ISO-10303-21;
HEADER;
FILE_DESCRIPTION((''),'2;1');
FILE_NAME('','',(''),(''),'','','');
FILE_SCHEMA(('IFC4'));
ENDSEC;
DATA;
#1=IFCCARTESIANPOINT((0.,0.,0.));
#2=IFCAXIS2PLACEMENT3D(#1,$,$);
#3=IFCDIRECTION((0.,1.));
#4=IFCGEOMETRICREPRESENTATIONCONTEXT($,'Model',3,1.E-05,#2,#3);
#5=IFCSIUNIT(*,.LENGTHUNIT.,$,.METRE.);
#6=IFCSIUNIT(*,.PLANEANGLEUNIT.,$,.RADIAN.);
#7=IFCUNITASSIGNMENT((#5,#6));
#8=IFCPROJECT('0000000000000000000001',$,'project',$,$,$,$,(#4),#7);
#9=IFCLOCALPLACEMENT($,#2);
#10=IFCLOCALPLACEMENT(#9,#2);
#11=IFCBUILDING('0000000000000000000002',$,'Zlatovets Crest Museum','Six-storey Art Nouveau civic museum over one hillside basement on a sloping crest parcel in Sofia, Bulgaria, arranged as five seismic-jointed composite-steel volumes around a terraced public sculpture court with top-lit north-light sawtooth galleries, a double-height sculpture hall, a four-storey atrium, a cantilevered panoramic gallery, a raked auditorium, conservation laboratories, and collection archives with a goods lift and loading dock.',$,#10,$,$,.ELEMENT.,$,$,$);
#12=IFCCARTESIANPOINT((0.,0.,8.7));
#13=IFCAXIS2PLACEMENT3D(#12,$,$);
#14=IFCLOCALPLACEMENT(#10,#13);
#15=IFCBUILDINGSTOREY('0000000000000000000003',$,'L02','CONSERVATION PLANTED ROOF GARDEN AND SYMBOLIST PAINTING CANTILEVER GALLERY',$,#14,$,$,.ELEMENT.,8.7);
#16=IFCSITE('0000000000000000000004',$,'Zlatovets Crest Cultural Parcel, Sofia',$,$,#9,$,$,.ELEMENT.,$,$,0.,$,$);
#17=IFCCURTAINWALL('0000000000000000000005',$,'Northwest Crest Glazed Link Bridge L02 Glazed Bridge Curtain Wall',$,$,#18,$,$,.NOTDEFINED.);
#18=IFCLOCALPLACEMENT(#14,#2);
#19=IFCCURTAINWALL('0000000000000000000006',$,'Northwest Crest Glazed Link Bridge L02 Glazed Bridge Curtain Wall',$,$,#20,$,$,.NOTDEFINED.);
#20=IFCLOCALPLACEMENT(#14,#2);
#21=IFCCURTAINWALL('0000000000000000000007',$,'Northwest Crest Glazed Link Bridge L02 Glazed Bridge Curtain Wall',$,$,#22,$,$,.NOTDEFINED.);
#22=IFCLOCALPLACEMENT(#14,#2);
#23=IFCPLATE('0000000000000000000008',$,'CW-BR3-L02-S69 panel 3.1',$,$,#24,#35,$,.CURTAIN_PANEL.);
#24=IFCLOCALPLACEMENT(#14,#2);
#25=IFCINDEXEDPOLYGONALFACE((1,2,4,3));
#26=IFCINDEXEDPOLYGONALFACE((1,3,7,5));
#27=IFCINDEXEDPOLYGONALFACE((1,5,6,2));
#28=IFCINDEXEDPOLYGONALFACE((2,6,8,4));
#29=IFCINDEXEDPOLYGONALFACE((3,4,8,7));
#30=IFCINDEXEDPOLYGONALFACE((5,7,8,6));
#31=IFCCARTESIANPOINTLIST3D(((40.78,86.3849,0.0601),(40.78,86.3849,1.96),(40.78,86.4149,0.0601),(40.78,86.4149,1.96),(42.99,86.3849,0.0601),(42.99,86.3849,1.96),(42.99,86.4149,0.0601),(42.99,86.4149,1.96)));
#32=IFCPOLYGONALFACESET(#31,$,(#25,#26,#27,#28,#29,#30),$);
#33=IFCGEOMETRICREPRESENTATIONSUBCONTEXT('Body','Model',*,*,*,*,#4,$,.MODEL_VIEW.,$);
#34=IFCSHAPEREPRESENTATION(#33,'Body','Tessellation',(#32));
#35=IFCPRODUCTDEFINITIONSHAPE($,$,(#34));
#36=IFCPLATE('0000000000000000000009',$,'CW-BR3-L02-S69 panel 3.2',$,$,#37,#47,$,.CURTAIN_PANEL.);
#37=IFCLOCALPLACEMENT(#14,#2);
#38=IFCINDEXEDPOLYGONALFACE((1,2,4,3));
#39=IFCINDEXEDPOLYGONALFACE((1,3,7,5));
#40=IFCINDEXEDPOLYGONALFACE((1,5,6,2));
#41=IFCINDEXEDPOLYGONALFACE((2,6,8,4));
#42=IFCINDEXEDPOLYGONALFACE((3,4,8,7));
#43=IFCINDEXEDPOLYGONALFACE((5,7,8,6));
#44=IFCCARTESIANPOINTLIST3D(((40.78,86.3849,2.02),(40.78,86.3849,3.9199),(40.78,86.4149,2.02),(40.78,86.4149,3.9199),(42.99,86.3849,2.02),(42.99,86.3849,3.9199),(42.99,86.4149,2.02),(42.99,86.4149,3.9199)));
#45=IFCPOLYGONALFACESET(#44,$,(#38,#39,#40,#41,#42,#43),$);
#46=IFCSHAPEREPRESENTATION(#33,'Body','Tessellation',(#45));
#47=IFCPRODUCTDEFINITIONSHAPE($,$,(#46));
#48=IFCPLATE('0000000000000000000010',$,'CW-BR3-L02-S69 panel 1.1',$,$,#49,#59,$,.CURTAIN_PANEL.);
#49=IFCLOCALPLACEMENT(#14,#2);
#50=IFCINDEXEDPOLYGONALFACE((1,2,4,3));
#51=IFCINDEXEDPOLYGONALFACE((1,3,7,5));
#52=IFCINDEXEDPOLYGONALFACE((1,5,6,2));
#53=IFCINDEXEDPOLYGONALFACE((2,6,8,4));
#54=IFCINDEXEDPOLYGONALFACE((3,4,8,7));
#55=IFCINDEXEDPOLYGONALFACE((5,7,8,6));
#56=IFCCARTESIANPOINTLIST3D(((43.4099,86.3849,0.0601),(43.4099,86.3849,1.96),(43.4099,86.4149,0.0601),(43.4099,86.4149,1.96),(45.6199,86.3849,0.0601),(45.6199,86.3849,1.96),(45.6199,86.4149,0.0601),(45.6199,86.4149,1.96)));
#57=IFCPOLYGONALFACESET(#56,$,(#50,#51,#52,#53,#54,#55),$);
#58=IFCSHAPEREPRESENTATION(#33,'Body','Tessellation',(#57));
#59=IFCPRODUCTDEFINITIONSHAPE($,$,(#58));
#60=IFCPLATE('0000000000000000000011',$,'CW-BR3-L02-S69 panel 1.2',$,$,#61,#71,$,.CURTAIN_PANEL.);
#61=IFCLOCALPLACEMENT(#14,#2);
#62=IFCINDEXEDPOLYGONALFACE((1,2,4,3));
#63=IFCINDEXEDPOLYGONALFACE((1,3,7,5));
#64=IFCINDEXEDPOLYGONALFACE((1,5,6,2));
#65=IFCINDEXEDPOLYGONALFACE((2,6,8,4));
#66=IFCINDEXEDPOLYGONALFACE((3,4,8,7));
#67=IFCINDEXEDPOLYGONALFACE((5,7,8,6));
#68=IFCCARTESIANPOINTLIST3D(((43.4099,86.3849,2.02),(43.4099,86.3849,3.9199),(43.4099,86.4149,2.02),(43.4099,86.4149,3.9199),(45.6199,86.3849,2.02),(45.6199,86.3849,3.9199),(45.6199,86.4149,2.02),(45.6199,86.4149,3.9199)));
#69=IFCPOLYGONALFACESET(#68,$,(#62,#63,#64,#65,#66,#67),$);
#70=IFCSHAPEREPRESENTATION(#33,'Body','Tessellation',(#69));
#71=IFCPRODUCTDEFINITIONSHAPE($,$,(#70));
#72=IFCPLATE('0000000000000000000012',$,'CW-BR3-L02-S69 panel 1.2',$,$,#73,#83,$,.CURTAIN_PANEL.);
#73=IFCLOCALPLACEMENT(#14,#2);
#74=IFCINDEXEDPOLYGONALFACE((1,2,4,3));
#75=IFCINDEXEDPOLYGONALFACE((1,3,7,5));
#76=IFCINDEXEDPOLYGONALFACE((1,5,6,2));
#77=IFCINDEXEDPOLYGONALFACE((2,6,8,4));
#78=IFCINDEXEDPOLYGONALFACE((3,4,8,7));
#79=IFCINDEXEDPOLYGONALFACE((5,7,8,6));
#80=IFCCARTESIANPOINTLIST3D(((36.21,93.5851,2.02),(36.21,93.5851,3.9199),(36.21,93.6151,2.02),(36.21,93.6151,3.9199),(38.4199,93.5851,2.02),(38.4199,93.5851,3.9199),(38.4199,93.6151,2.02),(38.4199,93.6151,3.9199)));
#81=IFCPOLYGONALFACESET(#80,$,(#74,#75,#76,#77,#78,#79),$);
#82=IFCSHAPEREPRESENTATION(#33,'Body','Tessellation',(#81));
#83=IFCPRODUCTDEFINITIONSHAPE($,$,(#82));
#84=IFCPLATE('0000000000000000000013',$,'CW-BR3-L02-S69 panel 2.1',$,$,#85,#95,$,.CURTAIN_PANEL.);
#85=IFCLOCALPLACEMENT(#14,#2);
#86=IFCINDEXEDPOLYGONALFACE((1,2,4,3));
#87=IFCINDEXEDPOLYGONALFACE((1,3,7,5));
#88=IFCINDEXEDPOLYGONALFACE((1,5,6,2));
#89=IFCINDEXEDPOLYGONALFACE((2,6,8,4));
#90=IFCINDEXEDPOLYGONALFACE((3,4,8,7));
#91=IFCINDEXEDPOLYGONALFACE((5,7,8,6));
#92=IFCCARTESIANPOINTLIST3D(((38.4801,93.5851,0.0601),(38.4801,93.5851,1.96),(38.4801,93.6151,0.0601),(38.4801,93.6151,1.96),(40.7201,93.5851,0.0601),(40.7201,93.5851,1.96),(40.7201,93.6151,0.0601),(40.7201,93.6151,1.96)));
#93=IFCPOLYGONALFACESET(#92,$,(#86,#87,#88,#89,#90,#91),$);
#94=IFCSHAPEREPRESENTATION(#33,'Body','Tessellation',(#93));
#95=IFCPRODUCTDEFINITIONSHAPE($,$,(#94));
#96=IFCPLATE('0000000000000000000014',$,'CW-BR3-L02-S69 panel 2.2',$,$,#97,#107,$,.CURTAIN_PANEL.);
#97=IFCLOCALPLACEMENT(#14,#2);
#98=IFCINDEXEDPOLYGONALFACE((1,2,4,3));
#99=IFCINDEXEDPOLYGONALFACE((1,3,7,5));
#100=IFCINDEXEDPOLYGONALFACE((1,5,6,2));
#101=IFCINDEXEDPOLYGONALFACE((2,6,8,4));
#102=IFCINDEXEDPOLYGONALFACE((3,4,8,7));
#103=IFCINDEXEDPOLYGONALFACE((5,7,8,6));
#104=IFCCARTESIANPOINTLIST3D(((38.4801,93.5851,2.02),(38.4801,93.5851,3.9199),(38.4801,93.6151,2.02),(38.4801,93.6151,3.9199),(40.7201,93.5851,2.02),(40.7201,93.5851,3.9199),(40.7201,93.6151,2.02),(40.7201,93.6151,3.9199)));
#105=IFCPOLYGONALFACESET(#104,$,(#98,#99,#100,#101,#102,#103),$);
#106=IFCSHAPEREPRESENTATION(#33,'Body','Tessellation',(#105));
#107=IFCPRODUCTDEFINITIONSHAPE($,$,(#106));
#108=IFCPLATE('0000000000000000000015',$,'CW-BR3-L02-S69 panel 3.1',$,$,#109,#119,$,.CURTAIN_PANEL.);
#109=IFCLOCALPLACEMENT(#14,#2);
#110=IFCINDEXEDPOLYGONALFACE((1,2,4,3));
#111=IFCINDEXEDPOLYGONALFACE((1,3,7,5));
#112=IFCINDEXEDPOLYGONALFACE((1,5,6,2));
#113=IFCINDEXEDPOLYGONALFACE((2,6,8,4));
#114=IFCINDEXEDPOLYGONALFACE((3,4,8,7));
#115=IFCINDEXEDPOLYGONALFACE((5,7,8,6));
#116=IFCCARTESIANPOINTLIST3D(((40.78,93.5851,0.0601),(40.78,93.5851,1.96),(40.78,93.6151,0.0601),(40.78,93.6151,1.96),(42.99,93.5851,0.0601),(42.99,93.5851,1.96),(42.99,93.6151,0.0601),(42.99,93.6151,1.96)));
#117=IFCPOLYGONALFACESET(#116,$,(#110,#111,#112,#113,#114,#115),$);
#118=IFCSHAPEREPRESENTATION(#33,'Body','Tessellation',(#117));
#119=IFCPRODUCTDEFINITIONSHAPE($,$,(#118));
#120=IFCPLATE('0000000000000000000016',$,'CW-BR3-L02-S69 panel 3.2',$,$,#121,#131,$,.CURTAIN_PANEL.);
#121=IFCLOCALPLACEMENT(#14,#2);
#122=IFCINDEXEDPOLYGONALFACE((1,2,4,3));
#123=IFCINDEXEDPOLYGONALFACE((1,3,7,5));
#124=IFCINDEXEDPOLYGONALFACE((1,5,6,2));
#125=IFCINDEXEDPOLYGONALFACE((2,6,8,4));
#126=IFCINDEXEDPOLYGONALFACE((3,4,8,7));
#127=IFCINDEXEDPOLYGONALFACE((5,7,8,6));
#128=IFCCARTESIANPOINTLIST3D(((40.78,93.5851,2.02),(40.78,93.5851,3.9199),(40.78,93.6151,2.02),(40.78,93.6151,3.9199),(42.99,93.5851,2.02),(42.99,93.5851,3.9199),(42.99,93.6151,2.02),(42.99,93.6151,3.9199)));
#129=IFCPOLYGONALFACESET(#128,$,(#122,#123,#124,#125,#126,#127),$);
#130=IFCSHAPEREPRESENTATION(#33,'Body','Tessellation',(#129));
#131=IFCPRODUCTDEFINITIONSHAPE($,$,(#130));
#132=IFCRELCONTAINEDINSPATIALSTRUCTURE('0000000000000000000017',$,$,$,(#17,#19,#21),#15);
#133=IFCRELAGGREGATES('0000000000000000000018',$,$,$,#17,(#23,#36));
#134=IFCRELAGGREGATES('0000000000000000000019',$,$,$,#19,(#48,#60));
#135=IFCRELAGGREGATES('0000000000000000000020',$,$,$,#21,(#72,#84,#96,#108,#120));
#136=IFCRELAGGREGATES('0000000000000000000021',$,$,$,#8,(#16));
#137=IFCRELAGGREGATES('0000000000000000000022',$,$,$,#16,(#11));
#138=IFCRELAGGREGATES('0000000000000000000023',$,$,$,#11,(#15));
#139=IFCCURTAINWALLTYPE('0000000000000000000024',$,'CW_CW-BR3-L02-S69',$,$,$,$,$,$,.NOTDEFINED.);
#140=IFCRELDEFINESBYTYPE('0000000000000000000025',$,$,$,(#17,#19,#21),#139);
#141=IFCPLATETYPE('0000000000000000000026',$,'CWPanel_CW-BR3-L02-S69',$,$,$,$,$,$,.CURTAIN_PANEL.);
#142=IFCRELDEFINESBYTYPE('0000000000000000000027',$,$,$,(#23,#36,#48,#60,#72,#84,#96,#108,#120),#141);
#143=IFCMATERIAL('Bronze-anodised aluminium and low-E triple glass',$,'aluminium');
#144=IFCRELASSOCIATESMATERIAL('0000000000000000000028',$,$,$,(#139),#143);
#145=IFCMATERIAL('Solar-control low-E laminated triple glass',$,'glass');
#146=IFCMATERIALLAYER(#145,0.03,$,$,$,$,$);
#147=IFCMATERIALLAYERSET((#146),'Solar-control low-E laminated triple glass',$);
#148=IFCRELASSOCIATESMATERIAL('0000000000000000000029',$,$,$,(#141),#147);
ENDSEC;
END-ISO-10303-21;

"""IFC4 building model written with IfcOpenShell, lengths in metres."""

from ifc_helpers import new_model, si_unit, direction, frame, origin, origin_2d, place, context, subcontext, project, spatial, rectangle, extrude, material, layer, layer_set, type_object, element, aggregate, save


model = new_model("IFC4")

# Units and contexts
model_context = context("Model", 3, precision=1e-05, world=origin(), true_north=direction((0.0, 1.0)))
body_context = subcontext(model_context, "Body", "Model", "MODEL_VIEW")
ifc_project = project(units=[si_unit("LENGTHUNIT", "METRE"), si_unit("PLANEANGLEUNIT", "RADIAN")], contexts=[model_context])

# Site, building, storey
site_placement = place(None, origin())
site = spatial("IfcSite", under=ifc_project, at=site_placement, Name="Zlatovets Crest Cultural Parcel, Sofia", CompositionType="ELEMENT", RefElevation=0.0)
building_placement = place(site_placement, origin())
building = spatial("IfcBuilding", under=site, at=building_placement, Name="Zlatovets Crest Museum", Description="Six-storey Art Nouveau civic museum over one hillside basement on a sloping crest parcel in Sofia, Bulgaria, arranged as five seismic-jointed composite-steel volumes around a terraced public sculpture court with top-lit north-light sawtooth galleries, a double-height sculpture hall, a four-storey atrium, a cantilevered panoramic gallery, a raked auditorium, conservation laboratories, and collection archives with a goods lift and loading dock.", CompositionType="ELEMENT")
storey_placement = place(building_placement, frame((0.0, 0.0, 8.7)))
storey = spatial("IfcBuildingStorey", under=building, at=storey_placement, Name="L02", Description="CONSERVATION PLANTED ROOF GARDEN AND SYMBOLIST PAINTING CANTILEVER GALLERY", CompositionType="ELEMENT", Elevation=8.7)

# Curtain walls
ifc_material_1 = material(Name="Bronze-anodised aluminium and low-E triple glass", Category="aluminium")
curtain_wall_type = type_object("IfcCurtainWallType", Name="CW_CW-BR3-L02-S69", PredefinedType="NOTDEFINED", material=ifc_material_1)
curtain_wall_1_placement = place(storey_placement, origin())
curtain_wall_1 = element("IfcCurtainWall", 1, at=curtain_wall_1_placement, inside=storey, type_object=curtain_wall_type, Name="Northwest Crest Glazed Link Bridge L02 Glazed Bridge Curtain Wall", PredefinedType="NOTDEFINED")
curtain_wall_2_placement = place(storey_placement, origin())
curtain_wall_2 = element("IfcCurtainWall", 2, at=curtain_wall_2_placement, inside=storey, type_object=curtain_wall_type, Name="Northwest Crest Glazed Link Bridge L02 Glazed Bridge Curtain Wall", PredefinedType="NOTDEFINED")

# Curtain wall
curtain_wall_3_placement = place(storey_placement, origin())
curtain_wall_3 = element("IfcCurtainWall", 3, at=curtain_wall_3_placement, inside=storey, type_object=curtain_wall_type, Name="Northwest Crest Glazed Link Bridge L02 Glazed Bridge Curtain Wall", PredefinedType="NOTDEFINED")

# Plates
ifc_material_2 = material(Name="Solar-control low-E laminated triple glass", Category="glass")
ifc_layer = layer(ifc_material_2, 0.03)
ifc_layer_set = layer_set([ifc_layer], Name="Solar-control low-E laminated triple glass")
plate_type = type_object("IfcPlateType", Name="CWPanel_CW-BR3-L02-S69", PredefinedType="CURTAIN_PANEL", material=ifc_layer_set)
plate_1_placement = place(storey_placement, frame((41.885, 86.3999, 0.0601), z_axis=(0.0, 0.0, 1.0), x_axis=(1.0, 0.0, 0.0)))
plate_1 = element("IfcPlate", 4, at=plate_1_placement, type_object=plate_type, Name="CW-BR3-L02-S69 panel 3.1", PredefinedType="CURTAIN_PANEL", context=body_context, shape_type="SweptSolid", body=[
    extrude(rectangle(XDim=2.21, YDim=0.03, at=origin_2d()), origin(), (0.0, 0.0, 1.0), 1.8999),
])
plate_2_placement = place(storey_placement, frame((41.885, 86.3999, 2.02), z_axis=(0.0, 0.0, 1.0), x_axis=(1.0, 0.0, 0.0)))
plate_2 = element("IfcPlate", 5, at=plate_2_placement, type_object=plate_type, Name="CW-BR3-L02-S69 panel 3.2", PredefinedType="CURTAIN_PANEL", context=body_context, shape_type="SweptSolid", body=[
    extrude(rectangle(XDim=2.21, YDim=0.03, at=origin_2d()), origin(), (0.0, 0.0, 1.0), 1.8999),
])
aggregate(curtain_wall_1, [plate_1, plate_2])
plate_3_placement = place(storey_placement, frame((44.5149, 86.3999, 0.0601), z_axis=(0.0, 0.0, 1.0), x_axis=(1.0, 0.0, 0.0)))
plate_3 = element("IfcPlate", 6, at=plate_3_placement, type_object=plate_type, Name="CW-BR3-L02-S69 panel 1.1", PredefinedType="CURTAIN_PANEL", context=body_context, shape_type="SweptSolid", body=[
    extrude(rectangle(XDim=2.21, YDim=0.03, at=origin_2d()), origin(), (0.0, 0.0, 1.0), 1.8999),
])
plate_4_placement = place(storey_placement, frame((44.5149, 86.3999, 2.02), z_axis=(0.0, 0.0, 1.0), x_axis=(1.0, 0.0, 0.0)))
plate_4 = element("IfcPlate", 7, at=plate_4_placement, type_object=plate_type, Name="CW-BR3-L02-S69 panel 1.2", PredefinedType="CURTAIN_PANEL", context=body_context, shape_type="SweptSolid", body=[
    extrude(rectangle(XDim=2.21, YDim=0.03, at=origin_2d()), origin(), (0.0, 0.0, 1.0), 1.8999),
])
aggregate(curtain_wall_2, [plate_3, plate_4])
plate_5_placement = place(storey_placement, frame((37.3149, 93.6001, 2.02), z_axis=(0.0, 0.0, 1.0), x_axis=(1.0, 0.0, 0.0)))
plate_5 = element("IfcPlate", 8, at=plate_5_placement, type_object=plate_type, Name="CW-BR3-L02-S69 panel 1.2", PredefinedType="CURTAIN_PANEL", context=body_context, shape_type="SweptSolid", body=[
    extrude(rectangle(XDim=2.21, YDim=0.03, at=origin_2d()), origin(), (0.0, 0.0, 1.0), 1.8999),
])
plate_6_placement = place(storey_placement, frame((39.6001, 93.6001, 0.0601), z_axis=(0.0, 0.0, 1.0), x_axis=(1.0, 0.0, 0.0)))
plate_6 = element("IfcPlate", 9, at=plate_6_placement, type_object=plate_type, Name="CW-BR3-L02-S69 panel 2.1", PredefinedType="CURTAIN_PANEL", context=body_context, shape_type="SweptSolid", body=[
    extrude(rectangle(XDim=2.24, YDim=0.03, at=origin_2d()), origin(), (0.0, 0.0, 1.0), 1.8999),
])
plate_7_placement = place(storey_placement, frame((39.6001, 93.6001, 2.02), z_axis=(0.0, 0.0, 1.0), x_axis=(1.0, 0.0, 0.0)))
plate_7 = element("IfcPlate", 10, at=plate_7_placement, type_object=plate_type, Name="CW-BR3-L02-S69 panel 2.2", PredefinedType="CURTAIN_PANEL", context=body_context, shape_type="SweptSolid", body=[
    extrude(rectangle(XDim=2.24, YDim=0.03, at=origin_2d()), origin(), (0.0, 0.0, 1.0), 1.8999),
])
plate_8_placement = place(storey_placement, frame((41.885, 93.6001, 0.0601), z_axis=(0.0, 0.0, 1.0), x_axis=(1.0, 0.0, 0.0)))
plate_8 = element("IfcPlate", 11, at=plate_8_placement, type_object=plate_type, Name="CW-BR3-L02-S69 panel 3.1", PredefinedType="CURTAIN_PANEL", context=body_context, shape_type="SweptSolid", body=[
    extrude(rectangle(XDim=2.21, YDim=0.03, at=origin_2d()), origin(), (0.0, 0.0, 1.0), 1.8999),
])
plate_9_placement = place(storey_placement, frame((41.885, 93.6001, 2.02), z_axis=(0.0, 0.0, 1.0), x_axis=(1.0, 0.0, 0.0)))
plate_9 = element("IfcPlate", 12, at=plate_9_placement, type_object=plate_type, Name="CW-BR3-L02-S69 panel 3.2", PredefinedType="CURTAIN_PANEL", context=body_context, shape_type="SweptSolid", body=[
    extrude(rectangle(XDim=2.21, YDim=0.03, at=origin_2d()), origin(), (0.0, 0.0, 1.0), 1.8999),
])
aggregate(curtain_wall_3, [plate_5, plate_6, plate_7, plate_8, plate_9])

save(model, "model.ifc")
